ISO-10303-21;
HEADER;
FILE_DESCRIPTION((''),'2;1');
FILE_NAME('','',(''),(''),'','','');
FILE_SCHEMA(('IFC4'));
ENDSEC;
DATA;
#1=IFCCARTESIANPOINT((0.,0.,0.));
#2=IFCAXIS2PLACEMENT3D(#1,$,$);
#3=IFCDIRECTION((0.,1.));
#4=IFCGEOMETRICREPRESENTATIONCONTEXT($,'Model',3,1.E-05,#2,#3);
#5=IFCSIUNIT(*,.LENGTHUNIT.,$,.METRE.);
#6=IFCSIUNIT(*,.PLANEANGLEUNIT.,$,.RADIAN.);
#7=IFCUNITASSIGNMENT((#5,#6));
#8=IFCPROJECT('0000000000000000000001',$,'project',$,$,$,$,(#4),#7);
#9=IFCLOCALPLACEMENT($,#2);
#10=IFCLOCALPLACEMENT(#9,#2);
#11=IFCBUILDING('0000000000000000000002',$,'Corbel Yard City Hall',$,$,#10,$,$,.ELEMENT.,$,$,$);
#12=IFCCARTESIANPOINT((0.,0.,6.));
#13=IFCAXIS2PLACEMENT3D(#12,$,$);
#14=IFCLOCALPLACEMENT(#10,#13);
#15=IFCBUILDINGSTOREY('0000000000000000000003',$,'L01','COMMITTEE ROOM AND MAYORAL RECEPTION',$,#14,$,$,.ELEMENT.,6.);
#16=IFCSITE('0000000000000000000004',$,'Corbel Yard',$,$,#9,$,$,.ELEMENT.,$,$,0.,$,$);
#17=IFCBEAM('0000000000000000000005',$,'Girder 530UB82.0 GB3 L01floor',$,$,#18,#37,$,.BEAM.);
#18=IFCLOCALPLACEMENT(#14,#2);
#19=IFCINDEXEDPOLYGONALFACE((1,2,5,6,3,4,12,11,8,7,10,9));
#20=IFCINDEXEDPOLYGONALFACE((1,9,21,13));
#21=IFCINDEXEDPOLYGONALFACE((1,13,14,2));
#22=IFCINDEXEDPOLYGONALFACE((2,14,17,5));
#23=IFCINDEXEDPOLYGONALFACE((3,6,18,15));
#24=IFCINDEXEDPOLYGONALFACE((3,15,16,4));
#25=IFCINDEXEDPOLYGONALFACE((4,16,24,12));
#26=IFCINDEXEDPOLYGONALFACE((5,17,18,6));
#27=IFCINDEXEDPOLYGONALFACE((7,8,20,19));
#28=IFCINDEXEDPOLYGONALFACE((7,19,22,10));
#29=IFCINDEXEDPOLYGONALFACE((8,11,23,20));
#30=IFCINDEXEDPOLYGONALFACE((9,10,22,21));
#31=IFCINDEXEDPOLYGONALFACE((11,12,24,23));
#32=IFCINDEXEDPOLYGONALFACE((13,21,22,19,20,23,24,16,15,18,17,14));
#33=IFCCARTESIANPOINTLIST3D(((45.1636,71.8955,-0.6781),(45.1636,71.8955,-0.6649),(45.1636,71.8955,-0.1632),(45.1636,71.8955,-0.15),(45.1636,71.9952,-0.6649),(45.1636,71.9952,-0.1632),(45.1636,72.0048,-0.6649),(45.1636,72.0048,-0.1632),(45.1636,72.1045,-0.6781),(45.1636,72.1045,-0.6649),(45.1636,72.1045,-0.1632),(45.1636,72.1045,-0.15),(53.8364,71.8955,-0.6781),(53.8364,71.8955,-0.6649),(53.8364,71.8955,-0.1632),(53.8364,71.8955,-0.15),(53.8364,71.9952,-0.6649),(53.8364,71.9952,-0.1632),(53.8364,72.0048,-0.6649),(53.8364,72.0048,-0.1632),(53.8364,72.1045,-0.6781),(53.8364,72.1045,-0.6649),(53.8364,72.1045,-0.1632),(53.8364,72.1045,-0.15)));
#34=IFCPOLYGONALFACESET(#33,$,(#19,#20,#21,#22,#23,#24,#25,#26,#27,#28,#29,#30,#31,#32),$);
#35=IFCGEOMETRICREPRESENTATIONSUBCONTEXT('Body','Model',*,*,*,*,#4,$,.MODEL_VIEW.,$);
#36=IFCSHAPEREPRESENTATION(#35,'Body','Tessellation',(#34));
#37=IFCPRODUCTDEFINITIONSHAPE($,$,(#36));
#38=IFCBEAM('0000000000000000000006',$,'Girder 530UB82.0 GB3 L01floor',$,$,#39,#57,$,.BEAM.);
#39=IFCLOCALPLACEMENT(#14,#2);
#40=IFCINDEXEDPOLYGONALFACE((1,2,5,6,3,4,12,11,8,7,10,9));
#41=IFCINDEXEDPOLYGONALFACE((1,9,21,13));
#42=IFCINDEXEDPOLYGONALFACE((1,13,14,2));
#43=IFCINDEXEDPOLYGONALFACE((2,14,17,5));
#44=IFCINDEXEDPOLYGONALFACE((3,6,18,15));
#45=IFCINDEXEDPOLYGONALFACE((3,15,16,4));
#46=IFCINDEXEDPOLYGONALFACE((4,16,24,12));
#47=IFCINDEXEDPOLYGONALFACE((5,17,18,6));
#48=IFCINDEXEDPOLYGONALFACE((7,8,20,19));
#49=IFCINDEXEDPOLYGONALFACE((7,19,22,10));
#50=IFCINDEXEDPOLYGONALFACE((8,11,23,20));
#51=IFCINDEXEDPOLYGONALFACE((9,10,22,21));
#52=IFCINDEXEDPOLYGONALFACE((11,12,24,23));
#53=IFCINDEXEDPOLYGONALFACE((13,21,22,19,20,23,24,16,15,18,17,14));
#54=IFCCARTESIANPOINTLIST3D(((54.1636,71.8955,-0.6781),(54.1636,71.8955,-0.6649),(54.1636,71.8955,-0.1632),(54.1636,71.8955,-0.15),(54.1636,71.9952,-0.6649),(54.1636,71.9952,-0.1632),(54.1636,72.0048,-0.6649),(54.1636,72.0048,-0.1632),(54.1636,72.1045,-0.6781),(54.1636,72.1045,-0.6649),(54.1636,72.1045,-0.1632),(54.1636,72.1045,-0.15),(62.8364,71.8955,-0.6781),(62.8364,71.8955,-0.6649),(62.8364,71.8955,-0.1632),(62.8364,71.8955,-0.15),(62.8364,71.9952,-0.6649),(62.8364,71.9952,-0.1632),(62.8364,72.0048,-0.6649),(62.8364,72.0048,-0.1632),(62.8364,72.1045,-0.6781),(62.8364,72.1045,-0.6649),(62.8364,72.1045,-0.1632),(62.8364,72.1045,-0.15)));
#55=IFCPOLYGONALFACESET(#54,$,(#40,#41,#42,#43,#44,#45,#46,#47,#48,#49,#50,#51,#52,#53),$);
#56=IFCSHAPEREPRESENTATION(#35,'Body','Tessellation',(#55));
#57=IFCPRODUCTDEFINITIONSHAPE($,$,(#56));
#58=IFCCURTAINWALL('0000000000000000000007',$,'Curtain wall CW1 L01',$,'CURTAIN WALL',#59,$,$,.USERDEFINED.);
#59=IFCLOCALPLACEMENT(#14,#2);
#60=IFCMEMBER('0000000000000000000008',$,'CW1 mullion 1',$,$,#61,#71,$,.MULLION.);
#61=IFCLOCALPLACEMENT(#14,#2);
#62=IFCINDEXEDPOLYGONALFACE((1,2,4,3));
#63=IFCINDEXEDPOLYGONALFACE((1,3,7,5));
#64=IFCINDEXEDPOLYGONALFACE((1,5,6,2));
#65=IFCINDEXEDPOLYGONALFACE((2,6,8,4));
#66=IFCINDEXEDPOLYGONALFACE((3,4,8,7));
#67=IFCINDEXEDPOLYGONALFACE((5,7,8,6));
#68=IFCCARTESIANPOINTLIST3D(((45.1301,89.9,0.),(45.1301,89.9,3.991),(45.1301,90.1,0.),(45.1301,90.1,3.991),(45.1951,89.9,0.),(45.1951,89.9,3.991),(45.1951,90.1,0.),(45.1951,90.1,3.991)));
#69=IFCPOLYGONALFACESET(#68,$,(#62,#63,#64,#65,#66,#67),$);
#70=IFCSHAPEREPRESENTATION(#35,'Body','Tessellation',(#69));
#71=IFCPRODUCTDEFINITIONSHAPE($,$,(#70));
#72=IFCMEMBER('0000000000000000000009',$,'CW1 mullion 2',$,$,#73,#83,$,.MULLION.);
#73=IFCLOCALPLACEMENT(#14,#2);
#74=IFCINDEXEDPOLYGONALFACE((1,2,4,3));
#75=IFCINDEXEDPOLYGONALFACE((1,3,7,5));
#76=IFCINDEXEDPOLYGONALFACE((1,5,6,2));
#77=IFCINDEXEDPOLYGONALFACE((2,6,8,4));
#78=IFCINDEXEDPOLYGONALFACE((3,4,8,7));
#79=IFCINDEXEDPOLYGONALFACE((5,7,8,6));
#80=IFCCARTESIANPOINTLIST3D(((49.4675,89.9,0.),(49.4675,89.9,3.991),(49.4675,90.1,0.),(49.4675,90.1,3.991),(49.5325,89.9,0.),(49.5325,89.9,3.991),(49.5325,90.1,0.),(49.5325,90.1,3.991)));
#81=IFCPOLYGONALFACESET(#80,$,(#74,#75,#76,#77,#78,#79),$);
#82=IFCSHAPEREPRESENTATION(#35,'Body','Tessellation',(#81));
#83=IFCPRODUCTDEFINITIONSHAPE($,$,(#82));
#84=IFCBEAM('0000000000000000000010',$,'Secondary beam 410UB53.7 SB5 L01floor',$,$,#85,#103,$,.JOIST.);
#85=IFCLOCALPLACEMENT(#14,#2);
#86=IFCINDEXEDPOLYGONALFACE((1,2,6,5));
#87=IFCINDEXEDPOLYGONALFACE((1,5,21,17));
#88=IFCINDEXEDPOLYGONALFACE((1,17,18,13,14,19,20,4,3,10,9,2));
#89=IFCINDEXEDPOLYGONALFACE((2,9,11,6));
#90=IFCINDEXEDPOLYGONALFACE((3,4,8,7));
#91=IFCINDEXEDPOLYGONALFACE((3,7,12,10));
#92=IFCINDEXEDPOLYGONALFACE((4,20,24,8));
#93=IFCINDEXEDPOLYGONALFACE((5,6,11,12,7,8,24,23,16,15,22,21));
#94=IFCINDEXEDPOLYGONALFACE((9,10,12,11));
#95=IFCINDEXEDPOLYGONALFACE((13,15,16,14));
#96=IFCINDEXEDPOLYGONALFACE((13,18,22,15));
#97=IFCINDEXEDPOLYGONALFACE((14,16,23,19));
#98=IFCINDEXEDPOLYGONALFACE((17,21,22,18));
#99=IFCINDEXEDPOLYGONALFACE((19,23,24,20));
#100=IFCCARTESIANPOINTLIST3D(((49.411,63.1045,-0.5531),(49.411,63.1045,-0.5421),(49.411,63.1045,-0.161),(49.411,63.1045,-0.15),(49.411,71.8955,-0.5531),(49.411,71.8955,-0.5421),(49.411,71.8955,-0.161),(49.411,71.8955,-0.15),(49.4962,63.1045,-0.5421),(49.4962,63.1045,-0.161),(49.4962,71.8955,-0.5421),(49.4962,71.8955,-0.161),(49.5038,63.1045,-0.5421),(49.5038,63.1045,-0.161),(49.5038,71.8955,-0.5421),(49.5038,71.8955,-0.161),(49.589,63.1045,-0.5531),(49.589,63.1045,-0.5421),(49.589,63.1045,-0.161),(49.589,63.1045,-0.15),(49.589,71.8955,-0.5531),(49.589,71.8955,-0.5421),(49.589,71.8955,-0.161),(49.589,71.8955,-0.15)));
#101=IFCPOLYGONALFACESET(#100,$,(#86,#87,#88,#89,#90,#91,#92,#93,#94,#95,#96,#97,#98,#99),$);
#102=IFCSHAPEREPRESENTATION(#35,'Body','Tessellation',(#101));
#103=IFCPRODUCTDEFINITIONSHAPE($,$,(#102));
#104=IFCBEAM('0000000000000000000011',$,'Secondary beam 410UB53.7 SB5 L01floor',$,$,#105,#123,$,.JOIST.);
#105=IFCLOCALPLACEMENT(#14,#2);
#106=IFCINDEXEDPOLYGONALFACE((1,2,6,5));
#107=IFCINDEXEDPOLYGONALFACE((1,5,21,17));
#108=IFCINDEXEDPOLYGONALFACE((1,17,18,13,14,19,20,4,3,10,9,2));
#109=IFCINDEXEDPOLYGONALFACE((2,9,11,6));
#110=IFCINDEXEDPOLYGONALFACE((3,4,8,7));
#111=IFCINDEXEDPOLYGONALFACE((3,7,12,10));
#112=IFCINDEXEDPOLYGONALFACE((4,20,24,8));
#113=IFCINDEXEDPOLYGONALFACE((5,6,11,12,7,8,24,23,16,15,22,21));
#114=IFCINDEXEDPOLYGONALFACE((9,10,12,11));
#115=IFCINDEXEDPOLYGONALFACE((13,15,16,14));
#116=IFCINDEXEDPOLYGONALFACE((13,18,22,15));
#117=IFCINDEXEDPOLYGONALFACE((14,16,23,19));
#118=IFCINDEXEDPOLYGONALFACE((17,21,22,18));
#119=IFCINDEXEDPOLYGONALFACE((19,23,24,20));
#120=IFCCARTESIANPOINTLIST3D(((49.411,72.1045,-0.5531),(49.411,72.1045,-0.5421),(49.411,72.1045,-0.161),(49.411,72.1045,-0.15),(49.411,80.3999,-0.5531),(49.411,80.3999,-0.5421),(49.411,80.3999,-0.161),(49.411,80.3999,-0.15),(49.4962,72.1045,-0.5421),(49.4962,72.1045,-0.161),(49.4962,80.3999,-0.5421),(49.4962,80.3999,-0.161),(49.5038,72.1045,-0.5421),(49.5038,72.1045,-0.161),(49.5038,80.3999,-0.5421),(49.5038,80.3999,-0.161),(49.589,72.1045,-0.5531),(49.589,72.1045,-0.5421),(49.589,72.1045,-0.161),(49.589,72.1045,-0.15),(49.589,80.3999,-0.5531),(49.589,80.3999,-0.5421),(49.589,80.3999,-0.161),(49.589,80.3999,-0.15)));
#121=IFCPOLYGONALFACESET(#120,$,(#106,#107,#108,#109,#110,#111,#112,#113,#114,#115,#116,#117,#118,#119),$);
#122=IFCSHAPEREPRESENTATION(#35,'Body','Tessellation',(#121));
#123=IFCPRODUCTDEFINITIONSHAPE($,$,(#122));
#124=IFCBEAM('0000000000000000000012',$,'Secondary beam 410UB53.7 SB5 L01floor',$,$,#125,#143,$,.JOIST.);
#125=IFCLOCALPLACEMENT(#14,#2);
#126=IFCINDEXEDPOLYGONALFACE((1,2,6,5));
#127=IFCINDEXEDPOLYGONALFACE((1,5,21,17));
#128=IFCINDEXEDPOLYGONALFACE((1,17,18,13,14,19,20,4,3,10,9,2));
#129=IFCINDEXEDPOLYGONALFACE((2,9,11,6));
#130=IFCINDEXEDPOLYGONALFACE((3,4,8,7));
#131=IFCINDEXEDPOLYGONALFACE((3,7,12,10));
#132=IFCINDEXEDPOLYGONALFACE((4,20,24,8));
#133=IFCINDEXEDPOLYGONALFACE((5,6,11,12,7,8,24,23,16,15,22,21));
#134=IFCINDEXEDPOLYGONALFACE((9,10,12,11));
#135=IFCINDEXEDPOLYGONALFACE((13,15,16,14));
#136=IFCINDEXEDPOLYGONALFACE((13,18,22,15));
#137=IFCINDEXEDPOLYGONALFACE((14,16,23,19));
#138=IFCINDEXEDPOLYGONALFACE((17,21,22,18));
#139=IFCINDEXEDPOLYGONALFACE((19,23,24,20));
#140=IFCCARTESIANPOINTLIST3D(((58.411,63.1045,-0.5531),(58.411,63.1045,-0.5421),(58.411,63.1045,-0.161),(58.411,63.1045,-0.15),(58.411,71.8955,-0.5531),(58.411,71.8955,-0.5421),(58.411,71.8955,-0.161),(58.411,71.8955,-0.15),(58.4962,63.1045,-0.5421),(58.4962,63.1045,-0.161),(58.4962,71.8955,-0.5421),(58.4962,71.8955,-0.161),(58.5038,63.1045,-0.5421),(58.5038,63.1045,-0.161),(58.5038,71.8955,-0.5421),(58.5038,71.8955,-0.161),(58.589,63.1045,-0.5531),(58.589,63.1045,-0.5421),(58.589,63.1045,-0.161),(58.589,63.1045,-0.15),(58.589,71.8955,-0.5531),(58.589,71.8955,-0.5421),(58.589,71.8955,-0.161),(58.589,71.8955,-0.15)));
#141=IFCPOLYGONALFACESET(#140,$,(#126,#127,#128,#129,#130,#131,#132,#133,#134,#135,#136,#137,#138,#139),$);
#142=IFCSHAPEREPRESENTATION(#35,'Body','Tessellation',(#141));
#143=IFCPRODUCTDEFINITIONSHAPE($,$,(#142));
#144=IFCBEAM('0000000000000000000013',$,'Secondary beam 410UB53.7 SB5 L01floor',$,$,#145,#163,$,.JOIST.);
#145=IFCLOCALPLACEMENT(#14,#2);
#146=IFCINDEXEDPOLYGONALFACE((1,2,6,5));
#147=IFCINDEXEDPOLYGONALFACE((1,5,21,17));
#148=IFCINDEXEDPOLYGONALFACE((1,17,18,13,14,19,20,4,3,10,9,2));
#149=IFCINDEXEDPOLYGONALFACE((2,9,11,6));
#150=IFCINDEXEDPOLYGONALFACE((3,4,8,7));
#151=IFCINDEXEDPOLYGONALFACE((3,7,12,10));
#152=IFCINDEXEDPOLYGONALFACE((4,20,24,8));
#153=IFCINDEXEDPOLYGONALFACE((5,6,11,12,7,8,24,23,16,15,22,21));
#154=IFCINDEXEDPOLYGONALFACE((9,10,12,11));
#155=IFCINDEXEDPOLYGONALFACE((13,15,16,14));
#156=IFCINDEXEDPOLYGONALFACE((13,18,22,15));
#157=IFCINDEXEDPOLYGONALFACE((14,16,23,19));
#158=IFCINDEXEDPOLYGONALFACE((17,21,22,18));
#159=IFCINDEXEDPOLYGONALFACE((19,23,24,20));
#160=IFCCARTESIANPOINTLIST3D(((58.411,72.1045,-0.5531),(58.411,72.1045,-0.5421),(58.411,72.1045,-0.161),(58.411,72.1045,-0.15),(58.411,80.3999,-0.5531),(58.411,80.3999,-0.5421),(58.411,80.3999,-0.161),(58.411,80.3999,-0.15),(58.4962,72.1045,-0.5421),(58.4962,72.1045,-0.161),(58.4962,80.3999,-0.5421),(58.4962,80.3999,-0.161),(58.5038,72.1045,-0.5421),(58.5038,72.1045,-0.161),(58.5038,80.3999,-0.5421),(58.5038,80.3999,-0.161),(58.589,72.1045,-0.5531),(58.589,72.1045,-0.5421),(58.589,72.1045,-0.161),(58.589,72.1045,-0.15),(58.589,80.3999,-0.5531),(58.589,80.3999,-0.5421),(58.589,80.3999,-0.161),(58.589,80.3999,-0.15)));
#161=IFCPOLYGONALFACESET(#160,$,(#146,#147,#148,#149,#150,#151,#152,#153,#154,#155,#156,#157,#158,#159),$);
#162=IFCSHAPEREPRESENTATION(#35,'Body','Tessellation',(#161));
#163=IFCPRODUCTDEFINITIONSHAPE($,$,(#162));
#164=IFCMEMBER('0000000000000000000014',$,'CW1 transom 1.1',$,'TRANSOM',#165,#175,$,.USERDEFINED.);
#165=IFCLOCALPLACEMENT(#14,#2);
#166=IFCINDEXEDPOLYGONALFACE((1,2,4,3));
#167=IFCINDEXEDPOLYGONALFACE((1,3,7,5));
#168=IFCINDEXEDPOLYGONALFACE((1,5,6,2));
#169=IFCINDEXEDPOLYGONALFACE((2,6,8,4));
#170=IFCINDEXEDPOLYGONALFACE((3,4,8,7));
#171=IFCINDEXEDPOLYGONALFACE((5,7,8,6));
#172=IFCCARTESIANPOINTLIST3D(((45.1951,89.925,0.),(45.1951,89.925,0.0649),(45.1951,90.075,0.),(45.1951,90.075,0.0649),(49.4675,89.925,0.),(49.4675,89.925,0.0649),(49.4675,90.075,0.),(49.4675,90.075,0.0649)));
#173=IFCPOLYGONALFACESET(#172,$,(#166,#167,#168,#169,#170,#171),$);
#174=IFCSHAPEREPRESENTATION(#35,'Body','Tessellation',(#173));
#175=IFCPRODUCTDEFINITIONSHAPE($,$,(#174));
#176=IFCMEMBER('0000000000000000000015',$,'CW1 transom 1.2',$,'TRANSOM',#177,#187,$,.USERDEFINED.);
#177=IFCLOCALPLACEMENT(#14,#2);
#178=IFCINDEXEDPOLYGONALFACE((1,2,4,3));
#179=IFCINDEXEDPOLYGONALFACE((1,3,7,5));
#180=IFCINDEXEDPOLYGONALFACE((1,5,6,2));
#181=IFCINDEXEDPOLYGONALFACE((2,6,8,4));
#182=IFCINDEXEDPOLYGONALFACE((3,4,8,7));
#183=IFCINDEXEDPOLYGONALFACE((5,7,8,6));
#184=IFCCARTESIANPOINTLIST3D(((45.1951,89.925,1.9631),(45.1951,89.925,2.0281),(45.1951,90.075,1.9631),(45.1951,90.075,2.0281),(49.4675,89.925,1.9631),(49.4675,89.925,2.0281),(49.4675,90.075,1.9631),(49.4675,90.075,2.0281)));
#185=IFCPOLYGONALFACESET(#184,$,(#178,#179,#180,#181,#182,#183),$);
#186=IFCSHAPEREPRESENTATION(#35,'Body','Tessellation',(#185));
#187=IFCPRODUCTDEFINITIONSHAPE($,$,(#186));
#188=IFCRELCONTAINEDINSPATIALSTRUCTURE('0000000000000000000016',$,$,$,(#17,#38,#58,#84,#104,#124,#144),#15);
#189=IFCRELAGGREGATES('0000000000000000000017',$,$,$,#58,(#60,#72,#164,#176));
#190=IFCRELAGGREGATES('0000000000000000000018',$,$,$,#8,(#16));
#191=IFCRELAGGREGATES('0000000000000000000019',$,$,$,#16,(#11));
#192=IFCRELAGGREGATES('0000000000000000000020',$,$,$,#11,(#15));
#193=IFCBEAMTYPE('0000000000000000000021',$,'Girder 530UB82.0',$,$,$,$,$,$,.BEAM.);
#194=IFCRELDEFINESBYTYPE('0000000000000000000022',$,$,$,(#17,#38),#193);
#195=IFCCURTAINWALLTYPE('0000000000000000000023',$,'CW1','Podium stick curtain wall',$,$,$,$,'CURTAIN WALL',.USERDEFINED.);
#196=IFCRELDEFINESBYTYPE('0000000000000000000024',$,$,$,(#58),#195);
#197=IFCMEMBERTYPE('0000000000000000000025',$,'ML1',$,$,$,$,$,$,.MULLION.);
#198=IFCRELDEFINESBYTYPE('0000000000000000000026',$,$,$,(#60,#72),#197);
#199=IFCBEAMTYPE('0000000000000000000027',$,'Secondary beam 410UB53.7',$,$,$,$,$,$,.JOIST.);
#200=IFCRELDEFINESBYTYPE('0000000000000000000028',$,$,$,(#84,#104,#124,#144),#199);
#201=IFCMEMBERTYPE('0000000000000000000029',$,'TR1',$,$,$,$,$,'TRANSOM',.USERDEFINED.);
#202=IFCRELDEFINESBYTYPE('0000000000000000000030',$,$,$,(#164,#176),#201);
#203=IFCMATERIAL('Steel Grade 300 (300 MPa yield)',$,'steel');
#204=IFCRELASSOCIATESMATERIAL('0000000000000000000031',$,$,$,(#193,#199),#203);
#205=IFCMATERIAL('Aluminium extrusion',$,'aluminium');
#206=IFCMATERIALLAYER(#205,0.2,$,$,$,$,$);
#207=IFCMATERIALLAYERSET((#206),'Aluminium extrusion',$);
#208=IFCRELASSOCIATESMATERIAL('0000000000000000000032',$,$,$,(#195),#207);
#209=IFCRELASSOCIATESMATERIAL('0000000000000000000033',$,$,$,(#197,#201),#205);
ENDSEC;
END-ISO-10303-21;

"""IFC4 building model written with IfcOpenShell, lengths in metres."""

from ifc_helpers import new_model, si_unit, direction, frame, origin, origin_2d, place, context, subcontext, project, spatial, rectangle, i_section, extrude, material, layer, layer_set, material_profile, profile_set, type_object, element, aggregate, save


model = new_model("IFC4")

# Units and contexts
model_context = context("Model", 3, precision=1e-05, world=origin(), true_north=direction((0.0, 1.0)))
body_context = subcontext(model_context, "Body", "Model", "MODEL_VIEW")
ifc_project = project(units=[si_unit("LENGTHUNIT", "METRE"), si_unit("PLANEANGLEUNIT", "RADIAN")], contexts=[model_context])

# Site, building, storey
site_placement = place(None, origin())
site = spatial("IfcSite", under=ifc_project, at=site_placement, Name="Corbel Yard", CompositionType="ELEMENT", RefElevation=0.0)
building_placement = place(site_placement, origin())
building = spatial("IfcBuilding", under=site, at=building_placement, Name="Corbel Yard City Hall", CompositionType="ELEMENT")
storey_placement = place(building_placement, frame((0.0, 0.0, 6.0)))
storey = spatial("IfcBuildingStorey", under=building, at=storey_placement, Name="L01", Description="COMMITTEE ROOM AND MAYORAL RECEPTION", CompositionType="ELEMENT", Elevation=6.0)

# Shared definitions
ifc_material_1 = material(Name="Steel Grade 300 (300 MPa yield)", Category="steel")

# Beams
ifc_material_profile_1 = material_profile(ifc_material_1, i_section(OverallWidth=0.209, OverallDepth=0.5281, WebThickness=0.0095, FlangeThickness=0.0132, at=origin_2d()), Name="530UB82.0")
ifc_profile_set_1 = profile_set([ifc_material_profile_1], Name="Steel Grade 300 (300 MPa yield)")
beam_type_1 = type_object("IfcBeamType", Name="Girder 530UB82.0", PredefinedType="BEAM", material=ifc_profile_set_1)
for number, where, z_axis, x_axis, name in (
    (1, (45.1636, 72.0, -0.4141), (1.0, 0.0, 0.0), (0.0, 1.0, 0.0), "Girder 530UB82.0 GB3 L01floor"),
    (2, (54.1636, 72.0, -0.4141), (1.0, 0.0, 0.0), (0.0, 1.0, 0.0), "Girder 530UB82.0 GB3 L01floor"),
):
    element("IfcBeam", number, at=place(storey_placement, frame(where, z_axis=z_axis, x_axis=x_axis)), inside=storey, type_object=beam_type_1, Name=name, PredefinedType="BEAM", context=body_context, shape_type="SweptSolid", body=[
        extrude(i_section(OverallWidth=0.209, OverallDepth=0.5281, WebThickness=0.0095, FlangeThickness=0.0132, at=origin_2d()), origin(), (0.0, 0.0, 1.0), 8.6729),
    ])

# Curtain wall, members
ifc_material_2 = material(Name="Aluminium extrusion", Category="aluminium")
ifc_layer_1 = layer(ifc_material_2, 0.2)
ifc_layer_set_1 = layer_set([ifc_layer_1], Name="Aluminium extrusion")
curtain_wall_type = type_object("IfcCurtainWallType", Name="CW1", Description="Podium stick curtain wall", ElementType="CURTAIN WALL", PredefinedType="USERDEFINED", material=ifc_layer_set_1)
curtain_wall_placement = place(storey_placement, origin())
curtain_wall = element("IfcCurtainWall", 3, at=curtain_wall_placement, inside=storey, type_object=curtain_wall_type, Name="Curtain wall CW1 L01", ObjectType="CURTAIN WALL", PredefinedType="USERDEFINED")
ifc_material_profile_2 = material_profile(ifc_material_2, rectangle(XDim=0.2, YDim=0.0649, at=origin_2d()), Name="200x65")
ifc_profile_set_2 = profile_set([ifc_material_profile_2], Name="Aluminium extrusion")
member_type_1 = type_object("IfcMemberType", Name="ML1", PredefinedType="MULLION", material=ifc_profile_set_2)
member_1_placement = place(storey_placement, frame((45.1626, 90.0, 0.0), z_axis=(0.0, 0.0, 1.0), x_axis=(0.0, 1.0, 0.0)))
member_1 = element("IfcMember", 4, at=member_1_placement, type_object=member_type_1, Name="CW1 mullion 1", PredefinedType="MULLION", context=body_context, shape_type="SweptSolid", body=[
    extrude(rectangle(XDim=0.2, YDim=0.0649, at=origin_2d()), origin(), (0.0, 0.0, 1.0), 3.991),
])
member_2_placement = place(storey_placement, frame((49.5, 90.0, 0.0), z_axis=(0.0, 0.0, 1.0), x_axis=(0.0, 1.0, 0.0)))
member_2 = element("IfcMember", 5, at=member_2_placement, type_object=member_type_1, Name="CW1 mullion 2", PredefinedType="MULLION", context=body_context, shape_type="SweptSolid", body=[
    extrude(rectangle(XDim=0.2, YDim=0.0649, at=origin_2d()), origin(), (0.0, 0.0, 1.0), 3.991),
])

# Beams
ifc_material_profile_3 = material_profile(ifc_material_1, i_section(OverallWidth=0.178, OverallDepth=0.4031, WebThickness=0.0076, FlangeThickness=0.011, at=origin_2d()), Name="410UB53.7")
ifc_profile_set_3 = profile_set([ifc_material_profile_3], Name="Steel Grade 300 (300 MPa yield)")
beam_type_2 = type_object("IfcBeamType", Name="Secondary beam 410UB53.7", PredefinedType="JOIST", material=ifc_profile_set_3)
beam_1_placement = place(storey_placement, frame((49.5, 63.1045, -0.3516), z_axis=(0.0, 1.0, 0.0), x_axis=(-1.0, 0.0, 0.0)))
element("IfcBeam", 6, at=beam_1_placement, inside=storey, type_object=beam_type_2, Name="Secondary beam 410UB53.7 SB5 L01floor", PredefinedType="JOIST", context=body_context, shape_type="SweptSolid", body=[
    extrude(i_section(OverallWidth=0.178, OverallDepth=0.4031, WebThickness=0.0076, FlangeThickness=0.011, at=origin_2d()), origin(), (0.0, 0.0, 1.0), 8.791),
])
beam_2_placement = place(storey_placement, frame((49.5, 72.1045, -0.3516), z_axis=(0.0, 1.0, 0.0), x_axis=(-1.0, 0.0, 0.0)))
element("IfcBeam", 7, at=beam_2_placement, inside=storey, type_object=beam_type_2, Name="Secondary beam 410UB53.7 SB5 L01floor", PredefinedType="JOIST", context=body_context, shape_type="SweptSolid", body=[
    extrude(i_section(OverallWidth=0.178, OverallDepth=0.4031, WebThickness=0.0076, FlangeThickness=0.011, at=origin_2d()), origin(), (0.0, 0.0, 1.0), 8.2954),
])
beam_3_placement = place(storey_placement, frame((58.5, 63.1045, -0.3516), z_axis=(0.0, 1.0, 0.0), x_axis=(-1.0, 0.0, 0.0)))
element("IfcBeam", 8, at=beam_3_placement, inside=storey, type_object=beam_type_2, Name="Secondary beam 410UB53.7 SB5 L01floor", PredefinedType="JOIST", context=body_context, shape_type="SweptSolid", body=[
    extrude(i_section(OverallWidth=0.178, OverallDepth=0.4031, WebThickness=0.0076, FlangeThickness=0.011, at=origin_2d()), origin(), (0.0, 0.0, 1.0), 8.791),
])
beam_4_placement = place(storey_placement, frame((58.5, 72.1045, -0.3516), z_axis=(0.0, 1.0, 0.0), x_axis=(-1.0, 0.0, 0.0)))
element("IfcBeam", 9, at=beam_4_placement, inside=storey, type_object=beam_type_2, Name="Secondary beam 410UB53.7 SB5 L01floor", PredefinedType="JOIST", context=body_context, shape_type="SweptSolid", body=[
    extrude(i_section(OverallWidth=0.178, OverallDepth=0.4031, WebThickness=0.0076, FlangeThickness=0.011, at=origin_2d()), origin(), (0.0, 0.0, 1.0), 8.2954),
])

# Members
ifc_material_profile_4 = material_profile(ifc_material_2, rectangle(XDim=0.1499, YDim=0.0649, at=origin_2d()), Name="150x65")
ifc_profile_set_4 = profile_set([ifc_material_profile_4], Name="Aluminium extrusion")
member_type_2 = type_object("IfcMemberType", Name="TR1", ElementType="TRANSOM", PredefinedType="USERDEFINED", material=ifc_profile_set_4)
member_3_placement = place(storey_placement, frame((45.1951, 90.0, 0.0325), z_axis=(1.0, 0.0, 0.0), x_axis=(0.0, 1.0, 0.0)))
member_3 = element("IfcMember", 10, at=member_3_placement, type_object=member_type_2, Name="CW1 transom 1.1", ObjectType="TRANSOM", PredefinedType="USERDEFINED", context=body_context, shape_type="SweptSolid", body=[
    extrude(rectangle(XDim=0.1499, YDim=0.0649, at=origin_2d()), origin(), (0.0, 0.0, 1.0), 4.2725),
])
member_4_placement = place(storey_placement, frame((45.1951, 90.0, 1.9956), z_axis=(1.0, 0.0, 0.0), x_axis=(0.0, 1.0, 0.0)))
member_4 = element("IfcMember", 11, at=member_4_placement, type_object=member_type_2, Name="CW1 transom 1.2", ObjectType="TRANSOM", PredefinedType="USERDEFINED", context=body_context, shape_type="SweptSolid", body=[
    extrude(rectangle(XDim=0.1499, YDim=0.0649, at=origin_2d()), origin(), (0.0, 0.0, 1.0), 4.2725),
])

aggregate(curtain_wall, [member_1, member_2, member_3, member_4])

save(model, "model.ifc")
